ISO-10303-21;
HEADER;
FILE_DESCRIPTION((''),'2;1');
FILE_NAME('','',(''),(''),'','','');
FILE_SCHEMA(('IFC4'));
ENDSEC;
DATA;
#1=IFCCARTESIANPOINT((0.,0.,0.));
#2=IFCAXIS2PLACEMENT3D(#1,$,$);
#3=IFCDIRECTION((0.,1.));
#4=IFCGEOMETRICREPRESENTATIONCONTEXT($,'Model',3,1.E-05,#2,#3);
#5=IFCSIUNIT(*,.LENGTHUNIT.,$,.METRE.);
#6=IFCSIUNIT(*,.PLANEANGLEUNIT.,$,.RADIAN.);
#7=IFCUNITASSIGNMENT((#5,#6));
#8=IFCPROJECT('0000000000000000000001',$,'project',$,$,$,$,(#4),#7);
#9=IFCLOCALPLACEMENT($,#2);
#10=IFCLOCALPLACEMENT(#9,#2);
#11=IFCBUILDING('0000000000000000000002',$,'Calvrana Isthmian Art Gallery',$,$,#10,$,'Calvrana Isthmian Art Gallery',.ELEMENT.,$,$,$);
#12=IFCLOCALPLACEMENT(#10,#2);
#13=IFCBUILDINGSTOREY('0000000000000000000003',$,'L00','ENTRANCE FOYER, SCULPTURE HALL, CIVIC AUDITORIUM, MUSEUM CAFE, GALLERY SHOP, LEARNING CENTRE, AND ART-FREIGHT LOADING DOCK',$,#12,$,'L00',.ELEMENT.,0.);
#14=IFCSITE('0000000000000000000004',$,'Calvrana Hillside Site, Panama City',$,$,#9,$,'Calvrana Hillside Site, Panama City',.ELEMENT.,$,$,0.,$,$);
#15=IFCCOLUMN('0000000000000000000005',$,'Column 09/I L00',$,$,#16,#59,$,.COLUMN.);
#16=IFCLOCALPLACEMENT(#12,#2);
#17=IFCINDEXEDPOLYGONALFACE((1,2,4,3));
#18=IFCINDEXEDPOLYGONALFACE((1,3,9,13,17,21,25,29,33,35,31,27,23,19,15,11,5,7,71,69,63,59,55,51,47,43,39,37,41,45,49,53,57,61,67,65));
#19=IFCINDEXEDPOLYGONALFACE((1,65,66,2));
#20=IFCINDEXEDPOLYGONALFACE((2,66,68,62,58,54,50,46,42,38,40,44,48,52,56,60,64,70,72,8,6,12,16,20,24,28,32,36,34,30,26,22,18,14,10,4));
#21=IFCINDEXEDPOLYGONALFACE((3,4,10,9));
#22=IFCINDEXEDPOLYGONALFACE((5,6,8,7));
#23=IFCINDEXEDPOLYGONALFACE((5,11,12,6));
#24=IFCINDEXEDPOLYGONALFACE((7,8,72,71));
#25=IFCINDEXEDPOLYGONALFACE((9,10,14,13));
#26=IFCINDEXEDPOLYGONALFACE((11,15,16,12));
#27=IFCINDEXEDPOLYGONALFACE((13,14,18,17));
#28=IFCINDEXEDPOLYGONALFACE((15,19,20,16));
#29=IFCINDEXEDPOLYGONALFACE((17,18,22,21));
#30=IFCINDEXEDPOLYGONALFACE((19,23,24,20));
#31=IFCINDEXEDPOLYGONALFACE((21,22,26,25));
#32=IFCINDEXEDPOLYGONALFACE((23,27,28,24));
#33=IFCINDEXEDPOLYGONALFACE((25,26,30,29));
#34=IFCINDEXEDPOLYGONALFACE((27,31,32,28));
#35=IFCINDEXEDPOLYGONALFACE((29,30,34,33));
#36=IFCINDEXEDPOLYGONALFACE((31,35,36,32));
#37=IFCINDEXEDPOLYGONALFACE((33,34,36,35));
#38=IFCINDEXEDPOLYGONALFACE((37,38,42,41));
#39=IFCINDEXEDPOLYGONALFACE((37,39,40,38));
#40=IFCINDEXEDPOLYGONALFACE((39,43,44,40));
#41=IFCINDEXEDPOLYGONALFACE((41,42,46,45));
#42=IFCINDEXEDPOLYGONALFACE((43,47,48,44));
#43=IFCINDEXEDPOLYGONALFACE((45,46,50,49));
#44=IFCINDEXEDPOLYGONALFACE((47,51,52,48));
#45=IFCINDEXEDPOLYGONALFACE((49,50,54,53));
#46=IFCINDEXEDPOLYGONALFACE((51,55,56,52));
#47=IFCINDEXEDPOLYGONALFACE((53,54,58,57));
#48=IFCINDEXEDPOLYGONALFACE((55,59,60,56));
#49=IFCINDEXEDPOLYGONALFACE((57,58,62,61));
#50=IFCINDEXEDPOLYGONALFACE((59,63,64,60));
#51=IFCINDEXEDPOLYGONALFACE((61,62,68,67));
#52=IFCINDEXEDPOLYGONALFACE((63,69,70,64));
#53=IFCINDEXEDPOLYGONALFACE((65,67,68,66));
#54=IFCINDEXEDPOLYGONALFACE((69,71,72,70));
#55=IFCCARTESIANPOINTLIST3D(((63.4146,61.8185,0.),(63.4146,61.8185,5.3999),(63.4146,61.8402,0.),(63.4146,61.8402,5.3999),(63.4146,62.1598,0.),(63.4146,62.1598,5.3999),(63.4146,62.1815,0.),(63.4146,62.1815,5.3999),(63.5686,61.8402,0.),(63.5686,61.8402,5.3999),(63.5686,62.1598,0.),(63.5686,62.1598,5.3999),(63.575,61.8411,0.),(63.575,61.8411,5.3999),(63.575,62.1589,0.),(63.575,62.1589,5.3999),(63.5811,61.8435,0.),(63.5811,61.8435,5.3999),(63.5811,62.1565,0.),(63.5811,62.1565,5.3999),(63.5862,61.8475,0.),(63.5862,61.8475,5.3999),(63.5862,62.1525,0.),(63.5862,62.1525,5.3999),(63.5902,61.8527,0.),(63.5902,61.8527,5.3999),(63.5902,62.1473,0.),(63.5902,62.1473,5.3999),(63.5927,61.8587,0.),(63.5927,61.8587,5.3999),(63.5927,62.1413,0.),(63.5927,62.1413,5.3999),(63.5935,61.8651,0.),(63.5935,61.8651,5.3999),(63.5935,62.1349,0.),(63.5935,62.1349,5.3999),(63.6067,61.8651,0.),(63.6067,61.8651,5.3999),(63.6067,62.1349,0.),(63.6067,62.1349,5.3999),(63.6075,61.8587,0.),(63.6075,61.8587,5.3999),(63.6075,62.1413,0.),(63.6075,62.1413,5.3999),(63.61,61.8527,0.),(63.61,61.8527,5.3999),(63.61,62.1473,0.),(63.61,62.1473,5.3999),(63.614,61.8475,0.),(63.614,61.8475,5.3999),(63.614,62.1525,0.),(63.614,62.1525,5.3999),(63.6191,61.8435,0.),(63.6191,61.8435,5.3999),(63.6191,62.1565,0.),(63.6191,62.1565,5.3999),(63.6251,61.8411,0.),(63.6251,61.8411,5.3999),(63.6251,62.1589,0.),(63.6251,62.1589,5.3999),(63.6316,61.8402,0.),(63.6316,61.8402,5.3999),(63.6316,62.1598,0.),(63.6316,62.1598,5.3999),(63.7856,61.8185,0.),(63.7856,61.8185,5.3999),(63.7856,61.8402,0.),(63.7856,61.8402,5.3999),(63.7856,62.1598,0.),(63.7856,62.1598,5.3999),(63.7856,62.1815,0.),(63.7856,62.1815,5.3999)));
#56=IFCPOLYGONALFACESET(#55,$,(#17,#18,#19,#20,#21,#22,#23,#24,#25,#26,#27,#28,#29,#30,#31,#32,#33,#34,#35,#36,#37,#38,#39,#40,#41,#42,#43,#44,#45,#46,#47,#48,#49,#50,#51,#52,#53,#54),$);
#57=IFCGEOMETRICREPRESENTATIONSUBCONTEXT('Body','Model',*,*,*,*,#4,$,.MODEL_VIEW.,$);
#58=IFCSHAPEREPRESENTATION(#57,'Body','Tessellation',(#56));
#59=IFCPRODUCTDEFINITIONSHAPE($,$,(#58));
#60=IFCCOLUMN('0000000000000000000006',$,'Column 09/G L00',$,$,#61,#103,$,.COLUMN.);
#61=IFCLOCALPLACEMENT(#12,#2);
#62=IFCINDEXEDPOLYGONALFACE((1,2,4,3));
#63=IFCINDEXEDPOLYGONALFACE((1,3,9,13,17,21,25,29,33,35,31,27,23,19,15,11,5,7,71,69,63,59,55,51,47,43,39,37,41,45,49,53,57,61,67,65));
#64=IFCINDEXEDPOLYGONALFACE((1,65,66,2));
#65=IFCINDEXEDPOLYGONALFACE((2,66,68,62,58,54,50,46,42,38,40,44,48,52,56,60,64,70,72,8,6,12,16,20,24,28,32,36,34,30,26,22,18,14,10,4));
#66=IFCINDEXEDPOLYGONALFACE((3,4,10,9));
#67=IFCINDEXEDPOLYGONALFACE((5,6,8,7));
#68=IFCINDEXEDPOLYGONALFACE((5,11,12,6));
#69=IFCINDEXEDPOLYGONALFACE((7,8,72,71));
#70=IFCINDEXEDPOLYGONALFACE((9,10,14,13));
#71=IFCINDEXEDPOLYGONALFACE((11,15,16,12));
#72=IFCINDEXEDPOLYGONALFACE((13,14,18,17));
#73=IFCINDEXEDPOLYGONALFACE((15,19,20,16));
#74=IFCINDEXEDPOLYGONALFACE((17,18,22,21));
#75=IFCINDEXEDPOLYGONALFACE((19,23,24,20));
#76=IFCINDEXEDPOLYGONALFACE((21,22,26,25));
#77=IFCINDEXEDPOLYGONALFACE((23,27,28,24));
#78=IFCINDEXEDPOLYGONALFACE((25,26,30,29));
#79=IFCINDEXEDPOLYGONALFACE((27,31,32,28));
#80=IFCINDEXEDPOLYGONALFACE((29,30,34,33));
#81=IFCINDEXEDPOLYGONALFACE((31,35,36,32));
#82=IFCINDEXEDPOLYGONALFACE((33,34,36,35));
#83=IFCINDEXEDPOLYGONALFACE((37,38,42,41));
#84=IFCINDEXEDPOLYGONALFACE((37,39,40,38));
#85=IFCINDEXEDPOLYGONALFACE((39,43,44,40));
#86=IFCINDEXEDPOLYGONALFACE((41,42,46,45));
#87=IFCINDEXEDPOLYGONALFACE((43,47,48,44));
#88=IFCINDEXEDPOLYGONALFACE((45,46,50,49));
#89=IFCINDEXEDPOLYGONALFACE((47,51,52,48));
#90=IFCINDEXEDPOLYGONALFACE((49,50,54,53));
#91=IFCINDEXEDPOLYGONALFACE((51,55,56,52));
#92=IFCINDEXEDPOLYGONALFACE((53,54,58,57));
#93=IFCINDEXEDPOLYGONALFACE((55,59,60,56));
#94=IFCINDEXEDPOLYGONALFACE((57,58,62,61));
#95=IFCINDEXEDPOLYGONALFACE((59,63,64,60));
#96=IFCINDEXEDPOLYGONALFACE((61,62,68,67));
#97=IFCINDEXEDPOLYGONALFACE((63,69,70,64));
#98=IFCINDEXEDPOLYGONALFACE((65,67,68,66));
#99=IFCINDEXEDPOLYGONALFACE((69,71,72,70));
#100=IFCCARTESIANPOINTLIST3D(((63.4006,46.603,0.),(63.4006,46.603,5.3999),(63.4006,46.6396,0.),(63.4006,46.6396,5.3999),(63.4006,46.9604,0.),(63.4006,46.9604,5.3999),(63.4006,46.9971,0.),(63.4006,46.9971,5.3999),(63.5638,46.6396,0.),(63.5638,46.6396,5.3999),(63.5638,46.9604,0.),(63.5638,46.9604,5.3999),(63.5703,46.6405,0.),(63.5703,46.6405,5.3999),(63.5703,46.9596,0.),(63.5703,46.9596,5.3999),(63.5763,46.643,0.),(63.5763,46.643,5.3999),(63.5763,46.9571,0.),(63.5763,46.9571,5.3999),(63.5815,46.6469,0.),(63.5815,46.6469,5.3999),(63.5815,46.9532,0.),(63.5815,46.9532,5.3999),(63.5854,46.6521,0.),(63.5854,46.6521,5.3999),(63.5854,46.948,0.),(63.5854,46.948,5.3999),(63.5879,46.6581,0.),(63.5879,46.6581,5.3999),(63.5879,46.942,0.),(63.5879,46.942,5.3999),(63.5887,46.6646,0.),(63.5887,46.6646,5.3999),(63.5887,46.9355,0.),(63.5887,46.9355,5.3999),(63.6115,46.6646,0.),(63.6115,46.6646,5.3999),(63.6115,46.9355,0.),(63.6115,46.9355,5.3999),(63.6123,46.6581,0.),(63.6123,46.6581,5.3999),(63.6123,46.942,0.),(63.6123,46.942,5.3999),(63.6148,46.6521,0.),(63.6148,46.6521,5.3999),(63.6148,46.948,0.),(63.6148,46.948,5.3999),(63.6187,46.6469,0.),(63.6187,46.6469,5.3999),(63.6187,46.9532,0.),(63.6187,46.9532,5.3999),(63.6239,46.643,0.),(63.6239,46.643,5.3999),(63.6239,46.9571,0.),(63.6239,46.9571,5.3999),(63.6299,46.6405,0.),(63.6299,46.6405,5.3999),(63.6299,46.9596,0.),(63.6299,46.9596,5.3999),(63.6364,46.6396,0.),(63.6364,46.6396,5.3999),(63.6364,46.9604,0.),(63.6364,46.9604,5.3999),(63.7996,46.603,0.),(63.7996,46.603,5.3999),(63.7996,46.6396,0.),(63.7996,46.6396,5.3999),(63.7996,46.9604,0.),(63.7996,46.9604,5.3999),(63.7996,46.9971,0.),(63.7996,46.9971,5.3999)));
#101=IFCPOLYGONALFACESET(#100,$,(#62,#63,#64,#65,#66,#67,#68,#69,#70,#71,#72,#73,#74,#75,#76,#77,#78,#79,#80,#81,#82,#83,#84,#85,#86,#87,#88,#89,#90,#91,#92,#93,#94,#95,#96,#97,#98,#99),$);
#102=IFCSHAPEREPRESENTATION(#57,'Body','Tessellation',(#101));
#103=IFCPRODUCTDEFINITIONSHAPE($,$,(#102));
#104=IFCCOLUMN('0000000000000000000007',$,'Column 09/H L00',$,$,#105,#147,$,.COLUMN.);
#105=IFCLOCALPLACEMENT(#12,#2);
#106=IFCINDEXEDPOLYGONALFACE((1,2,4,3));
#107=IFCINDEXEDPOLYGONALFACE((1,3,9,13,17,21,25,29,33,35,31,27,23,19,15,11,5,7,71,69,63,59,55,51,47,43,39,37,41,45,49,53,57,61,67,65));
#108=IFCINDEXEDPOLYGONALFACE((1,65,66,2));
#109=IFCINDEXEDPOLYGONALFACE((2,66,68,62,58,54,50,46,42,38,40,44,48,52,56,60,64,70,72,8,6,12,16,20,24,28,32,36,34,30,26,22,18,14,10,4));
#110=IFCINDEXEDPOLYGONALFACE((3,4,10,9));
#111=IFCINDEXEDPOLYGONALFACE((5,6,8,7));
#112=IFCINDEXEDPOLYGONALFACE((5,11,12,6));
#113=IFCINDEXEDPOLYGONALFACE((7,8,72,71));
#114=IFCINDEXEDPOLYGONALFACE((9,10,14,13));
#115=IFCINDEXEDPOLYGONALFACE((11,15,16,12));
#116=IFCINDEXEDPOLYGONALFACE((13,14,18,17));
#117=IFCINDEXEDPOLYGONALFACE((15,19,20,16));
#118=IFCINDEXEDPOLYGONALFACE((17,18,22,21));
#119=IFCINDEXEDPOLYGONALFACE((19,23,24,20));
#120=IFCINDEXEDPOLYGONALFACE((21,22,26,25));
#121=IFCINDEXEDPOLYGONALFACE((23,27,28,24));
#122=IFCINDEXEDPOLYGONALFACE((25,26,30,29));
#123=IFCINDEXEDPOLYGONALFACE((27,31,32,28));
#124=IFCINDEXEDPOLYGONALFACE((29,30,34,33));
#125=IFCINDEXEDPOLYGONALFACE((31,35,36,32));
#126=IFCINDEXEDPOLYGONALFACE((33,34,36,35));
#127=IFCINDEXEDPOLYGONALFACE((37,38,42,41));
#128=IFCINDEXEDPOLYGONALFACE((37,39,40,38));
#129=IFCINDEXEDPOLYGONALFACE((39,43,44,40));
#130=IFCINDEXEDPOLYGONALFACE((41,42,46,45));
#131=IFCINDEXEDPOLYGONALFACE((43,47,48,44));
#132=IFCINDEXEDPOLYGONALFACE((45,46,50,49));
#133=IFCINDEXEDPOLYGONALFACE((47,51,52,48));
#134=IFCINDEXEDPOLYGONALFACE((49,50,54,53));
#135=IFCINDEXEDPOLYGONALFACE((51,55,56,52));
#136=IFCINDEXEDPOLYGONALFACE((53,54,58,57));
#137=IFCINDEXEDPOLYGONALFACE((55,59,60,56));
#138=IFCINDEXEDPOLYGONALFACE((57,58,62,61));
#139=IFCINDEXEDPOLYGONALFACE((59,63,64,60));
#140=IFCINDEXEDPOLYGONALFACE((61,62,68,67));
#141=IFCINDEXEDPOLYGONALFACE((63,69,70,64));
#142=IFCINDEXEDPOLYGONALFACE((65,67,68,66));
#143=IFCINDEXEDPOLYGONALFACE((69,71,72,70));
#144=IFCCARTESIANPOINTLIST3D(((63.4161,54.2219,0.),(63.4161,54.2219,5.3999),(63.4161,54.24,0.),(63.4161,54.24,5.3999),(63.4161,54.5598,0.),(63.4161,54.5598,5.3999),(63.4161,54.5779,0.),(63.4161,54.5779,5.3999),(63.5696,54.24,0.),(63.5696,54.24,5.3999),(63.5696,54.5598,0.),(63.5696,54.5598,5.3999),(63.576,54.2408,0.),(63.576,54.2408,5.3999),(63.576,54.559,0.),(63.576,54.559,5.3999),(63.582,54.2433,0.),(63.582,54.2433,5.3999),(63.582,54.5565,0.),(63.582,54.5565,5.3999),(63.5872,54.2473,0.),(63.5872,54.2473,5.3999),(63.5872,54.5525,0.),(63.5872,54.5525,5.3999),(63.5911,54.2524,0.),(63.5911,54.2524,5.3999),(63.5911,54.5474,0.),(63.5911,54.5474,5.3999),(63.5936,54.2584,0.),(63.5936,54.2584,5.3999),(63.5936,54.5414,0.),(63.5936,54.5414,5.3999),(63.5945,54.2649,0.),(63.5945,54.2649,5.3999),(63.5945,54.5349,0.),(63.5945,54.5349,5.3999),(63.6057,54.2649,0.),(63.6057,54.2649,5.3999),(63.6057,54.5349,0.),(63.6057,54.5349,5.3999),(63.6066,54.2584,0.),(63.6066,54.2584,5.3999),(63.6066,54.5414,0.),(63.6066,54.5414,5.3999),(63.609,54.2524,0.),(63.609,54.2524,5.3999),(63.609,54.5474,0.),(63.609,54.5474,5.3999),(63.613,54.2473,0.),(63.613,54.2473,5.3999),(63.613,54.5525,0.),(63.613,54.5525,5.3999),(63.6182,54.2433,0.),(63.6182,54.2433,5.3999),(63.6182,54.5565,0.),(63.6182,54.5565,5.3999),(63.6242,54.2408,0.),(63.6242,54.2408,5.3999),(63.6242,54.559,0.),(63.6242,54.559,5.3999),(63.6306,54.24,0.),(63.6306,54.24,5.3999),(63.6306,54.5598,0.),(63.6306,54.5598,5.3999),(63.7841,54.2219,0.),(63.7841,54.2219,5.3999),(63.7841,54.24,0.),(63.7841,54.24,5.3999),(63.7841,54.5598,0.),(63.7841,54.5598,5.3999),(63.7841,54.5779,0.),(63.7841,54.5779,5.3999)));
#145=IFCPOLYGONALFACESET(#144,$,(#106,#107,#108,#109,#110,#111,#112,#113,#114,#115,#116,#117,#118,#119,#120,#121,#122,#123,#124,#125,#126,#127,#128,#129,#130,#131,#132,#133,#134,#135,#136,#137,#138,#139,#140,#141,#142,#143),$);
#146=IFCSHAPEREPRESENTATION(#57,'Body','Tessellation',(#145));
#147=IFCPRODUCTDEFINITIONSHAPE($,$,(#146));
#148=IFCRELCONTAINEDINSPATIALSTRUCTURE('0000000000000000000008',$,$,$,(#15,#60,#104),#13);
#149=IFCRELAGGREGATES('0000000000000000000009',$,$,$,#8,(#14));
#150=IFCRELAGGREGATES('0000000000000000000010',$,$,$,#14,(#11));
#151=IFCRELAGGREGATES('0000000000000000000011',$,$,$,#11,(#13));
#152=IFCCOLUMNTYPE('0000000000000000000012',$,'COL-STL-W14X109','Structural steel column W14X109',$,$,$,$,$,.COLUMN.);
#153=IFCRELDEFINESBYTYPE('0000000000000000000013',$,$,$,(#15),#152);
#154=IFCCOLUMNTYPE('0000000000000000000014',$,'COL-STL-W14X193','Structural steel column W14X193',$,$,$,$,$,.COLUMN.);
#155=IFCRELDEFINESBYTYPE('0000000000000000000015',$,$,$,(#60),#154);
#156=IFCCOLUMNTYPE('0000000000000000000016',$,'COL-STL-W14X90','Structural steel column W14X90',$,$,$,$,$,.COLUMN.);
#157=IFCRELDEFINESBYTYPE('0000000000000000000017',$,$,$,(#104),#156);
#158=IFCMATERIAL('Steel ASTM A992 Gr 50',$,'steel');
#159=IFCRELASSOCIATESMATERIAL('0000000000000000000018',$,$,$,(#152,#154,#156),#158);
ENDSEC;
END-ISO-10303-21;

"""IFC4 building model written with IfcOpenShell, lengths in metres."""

from ifc_helpers import new_model, si_unit, direction, frame, origin, origin_2d, place, context, subcontext, project, spatial, i_section, extrude, material, material_profile, profile_set, type_object, element, save


model = new_model("IFC4")

# Units and contexts
model_context = context("Model", 3, precision=1e-05, world=origin(), true_north=direction((0.0, 1.0)))
body_context = subcontext(model_context, "Body", "Model", "MODEL_VIEW")
ifc_project = project(units=[si_unit("LENGTHUNIT", "METRE"), si_unit("PLANEANGLEUNIT", "RADIAN")], contexts=[model_context])

# Site, building, storey
site_placement = place(None, origin())
site = spatial("IfcSite", under=ifc_project, at=site_placement, Name="Calvrana Hillside Site, Panama City", LongName="Calvrana Hillside Site, Panama City", CompositionType="ELEMENT", RefElevation=0.0)
building_placement = place(site_placement, origin())
building = spatial("IfcBuilding", under=site, at=building_placement, Name="Calvrana Isthmian Art Gallery", LongName="Calvrana Isthmian Art Gallery", CompositionType="ELEMENT")
storey_placement = place(building_placement, origin())
storey = spatial("IfcBuildingStorey", under=building, at=storey_placement, Name="L00", Description="ENTRANCE FOYER, SCULPTURE HALL, CIVIC AUDITORIUM, MUSEUM CAFE, GALLERY SHOP, LEARNING CENTRE, AND ART-FREIGHT LOADING DOCK", LongName="L00", CompositionType="ELEMENT", Elevation=0.0)

# Columns
ifc_material_1 = material(Name="Steel ASTM A992 Gr 50", Category="steel")
ifc_material_profile_1 = material_profile(ifc_material_1, i_section(OverallWidth=0.3711, OverallDepth=0.363, WebThickness=0.0132, FlangeThickness=0.0217, FilletRadius=0.0249, at=origin_2d()), Name="W14X109")
ifc_profile_set_1 = profile_set([ifc_material_profile_1], Name="Steel ASTM A992 Gr 50")
column_type_1 = type_object("IfcColumnType", Name="COL-STL-W14X109", Description="Structural steel column W14X109", PredefinedType="COLUMN", material=ifc_profile_set_1)
column_1_placement = place(storey_placement, frame((63.6001, 62.0, 0.0), z_axis=(0.0, 0.0, 1.0), x_axis=(1.0, 0.0, 0.0)))
element("IfcColumn", 1, at=column_1_placement, inside=storey, type_object=column_type_1, Name="Column 09/I L00", PredefinedType="COLUMN", context=body_context, shape_type="SweptSolid", body=[
    extrude(i_section(OverallWidth=0.3711, OverallDepth=0.363, WebThickness=0.0132, FlangeThickness=0.0217, FilletRadius=0.0249, at=origin_2d()), origin(), (0.0, 0.0, 1.0), 5.3999),
])
ifc_material_profile_2 = material_profile(ifc_material_1, i_section(OverallWidth=0.3989, OverallDepth=0.394, WebThickness=0.0227, FlangeThickness=0.0366, FilletRadius=0.0249, at=origin_2d()), Name="W14X193")
ifc_profile_set_2 = profile_set([ifc_material_profile_2], Name="Steel ASTM A992 Gr 50")
column_type_2 = type_object("IfcColumnType", Name="COL-STL-W14X193", Description="Structural steel column W14X193", PredefinedType="COLUMN", material=ifc_profile_set_2)
column_2_placement = place(storey_placement, frame((63.6001, 46.8, 0.0), z_axis=(0.0, 0.0, 1.0), x_axis=(1.0, 0.0, 0.0)))
element("IfcColumn", 2, at=column_2_placement, inside=storey, type_object=column_type_2, Name="Column 09/G L00", PredefinedType="COLUMN", context=body_context, shape_type="SweptSolid", body=[
    extrude(i_section(OverallWidth=0.3989, OverallDepth=0.394, WebThickness=0.0227, FlangeThickness=0.0366, FilletRadius=0.0249, at=origin_2d()), origin(), (0.0, 0.0, 1.0), 5.3999),
])
ifc_material_profile_3 = material_profile(ifc_material_1, i_section(OverallWidth=0.3679, OverallDepth=0.356, WebThickness=0.0112, FlangeThickness=0.0181, FilletRadius=0.0249, at=origin_2d()), Name="W14X90")
ifc_profile_set_3 = profile_set([ifc_material_profile_3], Name="Steel ASTM A992 Gr 50")
column_type_3 = type_object("IfcColumnType", Name="COL-STL-W14X90", Description="Structural steel column W14X90", PredefinedType="COLUMN", material=ifc_profile_set_3)
column_3_placement = place(storey_placement, frame((63.6001, 54.3999, 0.0), z_axis=(0.0, 0.0, 1.0), x_axis=(1.0, 0.0, 0.0)))
element("IfcColumn", 3, at=column_3_placement, inside=storey, type_object=column_type_3, Name="Column 09/H L00", PredefinedType="COLUMN", context=body_context, shape_type="SweptSolid", body=[
    extrude(i_section(OverallWidth=0.3679, OverallDepth=0.356, WebThickness=0.0112, FlangeThickness=0.0181, FilletRadius=0.0249, at=origin_2d()), origin(), (0.0, 0.0, 1.0), 5.3999),
])

save(model, "model.ifc")
